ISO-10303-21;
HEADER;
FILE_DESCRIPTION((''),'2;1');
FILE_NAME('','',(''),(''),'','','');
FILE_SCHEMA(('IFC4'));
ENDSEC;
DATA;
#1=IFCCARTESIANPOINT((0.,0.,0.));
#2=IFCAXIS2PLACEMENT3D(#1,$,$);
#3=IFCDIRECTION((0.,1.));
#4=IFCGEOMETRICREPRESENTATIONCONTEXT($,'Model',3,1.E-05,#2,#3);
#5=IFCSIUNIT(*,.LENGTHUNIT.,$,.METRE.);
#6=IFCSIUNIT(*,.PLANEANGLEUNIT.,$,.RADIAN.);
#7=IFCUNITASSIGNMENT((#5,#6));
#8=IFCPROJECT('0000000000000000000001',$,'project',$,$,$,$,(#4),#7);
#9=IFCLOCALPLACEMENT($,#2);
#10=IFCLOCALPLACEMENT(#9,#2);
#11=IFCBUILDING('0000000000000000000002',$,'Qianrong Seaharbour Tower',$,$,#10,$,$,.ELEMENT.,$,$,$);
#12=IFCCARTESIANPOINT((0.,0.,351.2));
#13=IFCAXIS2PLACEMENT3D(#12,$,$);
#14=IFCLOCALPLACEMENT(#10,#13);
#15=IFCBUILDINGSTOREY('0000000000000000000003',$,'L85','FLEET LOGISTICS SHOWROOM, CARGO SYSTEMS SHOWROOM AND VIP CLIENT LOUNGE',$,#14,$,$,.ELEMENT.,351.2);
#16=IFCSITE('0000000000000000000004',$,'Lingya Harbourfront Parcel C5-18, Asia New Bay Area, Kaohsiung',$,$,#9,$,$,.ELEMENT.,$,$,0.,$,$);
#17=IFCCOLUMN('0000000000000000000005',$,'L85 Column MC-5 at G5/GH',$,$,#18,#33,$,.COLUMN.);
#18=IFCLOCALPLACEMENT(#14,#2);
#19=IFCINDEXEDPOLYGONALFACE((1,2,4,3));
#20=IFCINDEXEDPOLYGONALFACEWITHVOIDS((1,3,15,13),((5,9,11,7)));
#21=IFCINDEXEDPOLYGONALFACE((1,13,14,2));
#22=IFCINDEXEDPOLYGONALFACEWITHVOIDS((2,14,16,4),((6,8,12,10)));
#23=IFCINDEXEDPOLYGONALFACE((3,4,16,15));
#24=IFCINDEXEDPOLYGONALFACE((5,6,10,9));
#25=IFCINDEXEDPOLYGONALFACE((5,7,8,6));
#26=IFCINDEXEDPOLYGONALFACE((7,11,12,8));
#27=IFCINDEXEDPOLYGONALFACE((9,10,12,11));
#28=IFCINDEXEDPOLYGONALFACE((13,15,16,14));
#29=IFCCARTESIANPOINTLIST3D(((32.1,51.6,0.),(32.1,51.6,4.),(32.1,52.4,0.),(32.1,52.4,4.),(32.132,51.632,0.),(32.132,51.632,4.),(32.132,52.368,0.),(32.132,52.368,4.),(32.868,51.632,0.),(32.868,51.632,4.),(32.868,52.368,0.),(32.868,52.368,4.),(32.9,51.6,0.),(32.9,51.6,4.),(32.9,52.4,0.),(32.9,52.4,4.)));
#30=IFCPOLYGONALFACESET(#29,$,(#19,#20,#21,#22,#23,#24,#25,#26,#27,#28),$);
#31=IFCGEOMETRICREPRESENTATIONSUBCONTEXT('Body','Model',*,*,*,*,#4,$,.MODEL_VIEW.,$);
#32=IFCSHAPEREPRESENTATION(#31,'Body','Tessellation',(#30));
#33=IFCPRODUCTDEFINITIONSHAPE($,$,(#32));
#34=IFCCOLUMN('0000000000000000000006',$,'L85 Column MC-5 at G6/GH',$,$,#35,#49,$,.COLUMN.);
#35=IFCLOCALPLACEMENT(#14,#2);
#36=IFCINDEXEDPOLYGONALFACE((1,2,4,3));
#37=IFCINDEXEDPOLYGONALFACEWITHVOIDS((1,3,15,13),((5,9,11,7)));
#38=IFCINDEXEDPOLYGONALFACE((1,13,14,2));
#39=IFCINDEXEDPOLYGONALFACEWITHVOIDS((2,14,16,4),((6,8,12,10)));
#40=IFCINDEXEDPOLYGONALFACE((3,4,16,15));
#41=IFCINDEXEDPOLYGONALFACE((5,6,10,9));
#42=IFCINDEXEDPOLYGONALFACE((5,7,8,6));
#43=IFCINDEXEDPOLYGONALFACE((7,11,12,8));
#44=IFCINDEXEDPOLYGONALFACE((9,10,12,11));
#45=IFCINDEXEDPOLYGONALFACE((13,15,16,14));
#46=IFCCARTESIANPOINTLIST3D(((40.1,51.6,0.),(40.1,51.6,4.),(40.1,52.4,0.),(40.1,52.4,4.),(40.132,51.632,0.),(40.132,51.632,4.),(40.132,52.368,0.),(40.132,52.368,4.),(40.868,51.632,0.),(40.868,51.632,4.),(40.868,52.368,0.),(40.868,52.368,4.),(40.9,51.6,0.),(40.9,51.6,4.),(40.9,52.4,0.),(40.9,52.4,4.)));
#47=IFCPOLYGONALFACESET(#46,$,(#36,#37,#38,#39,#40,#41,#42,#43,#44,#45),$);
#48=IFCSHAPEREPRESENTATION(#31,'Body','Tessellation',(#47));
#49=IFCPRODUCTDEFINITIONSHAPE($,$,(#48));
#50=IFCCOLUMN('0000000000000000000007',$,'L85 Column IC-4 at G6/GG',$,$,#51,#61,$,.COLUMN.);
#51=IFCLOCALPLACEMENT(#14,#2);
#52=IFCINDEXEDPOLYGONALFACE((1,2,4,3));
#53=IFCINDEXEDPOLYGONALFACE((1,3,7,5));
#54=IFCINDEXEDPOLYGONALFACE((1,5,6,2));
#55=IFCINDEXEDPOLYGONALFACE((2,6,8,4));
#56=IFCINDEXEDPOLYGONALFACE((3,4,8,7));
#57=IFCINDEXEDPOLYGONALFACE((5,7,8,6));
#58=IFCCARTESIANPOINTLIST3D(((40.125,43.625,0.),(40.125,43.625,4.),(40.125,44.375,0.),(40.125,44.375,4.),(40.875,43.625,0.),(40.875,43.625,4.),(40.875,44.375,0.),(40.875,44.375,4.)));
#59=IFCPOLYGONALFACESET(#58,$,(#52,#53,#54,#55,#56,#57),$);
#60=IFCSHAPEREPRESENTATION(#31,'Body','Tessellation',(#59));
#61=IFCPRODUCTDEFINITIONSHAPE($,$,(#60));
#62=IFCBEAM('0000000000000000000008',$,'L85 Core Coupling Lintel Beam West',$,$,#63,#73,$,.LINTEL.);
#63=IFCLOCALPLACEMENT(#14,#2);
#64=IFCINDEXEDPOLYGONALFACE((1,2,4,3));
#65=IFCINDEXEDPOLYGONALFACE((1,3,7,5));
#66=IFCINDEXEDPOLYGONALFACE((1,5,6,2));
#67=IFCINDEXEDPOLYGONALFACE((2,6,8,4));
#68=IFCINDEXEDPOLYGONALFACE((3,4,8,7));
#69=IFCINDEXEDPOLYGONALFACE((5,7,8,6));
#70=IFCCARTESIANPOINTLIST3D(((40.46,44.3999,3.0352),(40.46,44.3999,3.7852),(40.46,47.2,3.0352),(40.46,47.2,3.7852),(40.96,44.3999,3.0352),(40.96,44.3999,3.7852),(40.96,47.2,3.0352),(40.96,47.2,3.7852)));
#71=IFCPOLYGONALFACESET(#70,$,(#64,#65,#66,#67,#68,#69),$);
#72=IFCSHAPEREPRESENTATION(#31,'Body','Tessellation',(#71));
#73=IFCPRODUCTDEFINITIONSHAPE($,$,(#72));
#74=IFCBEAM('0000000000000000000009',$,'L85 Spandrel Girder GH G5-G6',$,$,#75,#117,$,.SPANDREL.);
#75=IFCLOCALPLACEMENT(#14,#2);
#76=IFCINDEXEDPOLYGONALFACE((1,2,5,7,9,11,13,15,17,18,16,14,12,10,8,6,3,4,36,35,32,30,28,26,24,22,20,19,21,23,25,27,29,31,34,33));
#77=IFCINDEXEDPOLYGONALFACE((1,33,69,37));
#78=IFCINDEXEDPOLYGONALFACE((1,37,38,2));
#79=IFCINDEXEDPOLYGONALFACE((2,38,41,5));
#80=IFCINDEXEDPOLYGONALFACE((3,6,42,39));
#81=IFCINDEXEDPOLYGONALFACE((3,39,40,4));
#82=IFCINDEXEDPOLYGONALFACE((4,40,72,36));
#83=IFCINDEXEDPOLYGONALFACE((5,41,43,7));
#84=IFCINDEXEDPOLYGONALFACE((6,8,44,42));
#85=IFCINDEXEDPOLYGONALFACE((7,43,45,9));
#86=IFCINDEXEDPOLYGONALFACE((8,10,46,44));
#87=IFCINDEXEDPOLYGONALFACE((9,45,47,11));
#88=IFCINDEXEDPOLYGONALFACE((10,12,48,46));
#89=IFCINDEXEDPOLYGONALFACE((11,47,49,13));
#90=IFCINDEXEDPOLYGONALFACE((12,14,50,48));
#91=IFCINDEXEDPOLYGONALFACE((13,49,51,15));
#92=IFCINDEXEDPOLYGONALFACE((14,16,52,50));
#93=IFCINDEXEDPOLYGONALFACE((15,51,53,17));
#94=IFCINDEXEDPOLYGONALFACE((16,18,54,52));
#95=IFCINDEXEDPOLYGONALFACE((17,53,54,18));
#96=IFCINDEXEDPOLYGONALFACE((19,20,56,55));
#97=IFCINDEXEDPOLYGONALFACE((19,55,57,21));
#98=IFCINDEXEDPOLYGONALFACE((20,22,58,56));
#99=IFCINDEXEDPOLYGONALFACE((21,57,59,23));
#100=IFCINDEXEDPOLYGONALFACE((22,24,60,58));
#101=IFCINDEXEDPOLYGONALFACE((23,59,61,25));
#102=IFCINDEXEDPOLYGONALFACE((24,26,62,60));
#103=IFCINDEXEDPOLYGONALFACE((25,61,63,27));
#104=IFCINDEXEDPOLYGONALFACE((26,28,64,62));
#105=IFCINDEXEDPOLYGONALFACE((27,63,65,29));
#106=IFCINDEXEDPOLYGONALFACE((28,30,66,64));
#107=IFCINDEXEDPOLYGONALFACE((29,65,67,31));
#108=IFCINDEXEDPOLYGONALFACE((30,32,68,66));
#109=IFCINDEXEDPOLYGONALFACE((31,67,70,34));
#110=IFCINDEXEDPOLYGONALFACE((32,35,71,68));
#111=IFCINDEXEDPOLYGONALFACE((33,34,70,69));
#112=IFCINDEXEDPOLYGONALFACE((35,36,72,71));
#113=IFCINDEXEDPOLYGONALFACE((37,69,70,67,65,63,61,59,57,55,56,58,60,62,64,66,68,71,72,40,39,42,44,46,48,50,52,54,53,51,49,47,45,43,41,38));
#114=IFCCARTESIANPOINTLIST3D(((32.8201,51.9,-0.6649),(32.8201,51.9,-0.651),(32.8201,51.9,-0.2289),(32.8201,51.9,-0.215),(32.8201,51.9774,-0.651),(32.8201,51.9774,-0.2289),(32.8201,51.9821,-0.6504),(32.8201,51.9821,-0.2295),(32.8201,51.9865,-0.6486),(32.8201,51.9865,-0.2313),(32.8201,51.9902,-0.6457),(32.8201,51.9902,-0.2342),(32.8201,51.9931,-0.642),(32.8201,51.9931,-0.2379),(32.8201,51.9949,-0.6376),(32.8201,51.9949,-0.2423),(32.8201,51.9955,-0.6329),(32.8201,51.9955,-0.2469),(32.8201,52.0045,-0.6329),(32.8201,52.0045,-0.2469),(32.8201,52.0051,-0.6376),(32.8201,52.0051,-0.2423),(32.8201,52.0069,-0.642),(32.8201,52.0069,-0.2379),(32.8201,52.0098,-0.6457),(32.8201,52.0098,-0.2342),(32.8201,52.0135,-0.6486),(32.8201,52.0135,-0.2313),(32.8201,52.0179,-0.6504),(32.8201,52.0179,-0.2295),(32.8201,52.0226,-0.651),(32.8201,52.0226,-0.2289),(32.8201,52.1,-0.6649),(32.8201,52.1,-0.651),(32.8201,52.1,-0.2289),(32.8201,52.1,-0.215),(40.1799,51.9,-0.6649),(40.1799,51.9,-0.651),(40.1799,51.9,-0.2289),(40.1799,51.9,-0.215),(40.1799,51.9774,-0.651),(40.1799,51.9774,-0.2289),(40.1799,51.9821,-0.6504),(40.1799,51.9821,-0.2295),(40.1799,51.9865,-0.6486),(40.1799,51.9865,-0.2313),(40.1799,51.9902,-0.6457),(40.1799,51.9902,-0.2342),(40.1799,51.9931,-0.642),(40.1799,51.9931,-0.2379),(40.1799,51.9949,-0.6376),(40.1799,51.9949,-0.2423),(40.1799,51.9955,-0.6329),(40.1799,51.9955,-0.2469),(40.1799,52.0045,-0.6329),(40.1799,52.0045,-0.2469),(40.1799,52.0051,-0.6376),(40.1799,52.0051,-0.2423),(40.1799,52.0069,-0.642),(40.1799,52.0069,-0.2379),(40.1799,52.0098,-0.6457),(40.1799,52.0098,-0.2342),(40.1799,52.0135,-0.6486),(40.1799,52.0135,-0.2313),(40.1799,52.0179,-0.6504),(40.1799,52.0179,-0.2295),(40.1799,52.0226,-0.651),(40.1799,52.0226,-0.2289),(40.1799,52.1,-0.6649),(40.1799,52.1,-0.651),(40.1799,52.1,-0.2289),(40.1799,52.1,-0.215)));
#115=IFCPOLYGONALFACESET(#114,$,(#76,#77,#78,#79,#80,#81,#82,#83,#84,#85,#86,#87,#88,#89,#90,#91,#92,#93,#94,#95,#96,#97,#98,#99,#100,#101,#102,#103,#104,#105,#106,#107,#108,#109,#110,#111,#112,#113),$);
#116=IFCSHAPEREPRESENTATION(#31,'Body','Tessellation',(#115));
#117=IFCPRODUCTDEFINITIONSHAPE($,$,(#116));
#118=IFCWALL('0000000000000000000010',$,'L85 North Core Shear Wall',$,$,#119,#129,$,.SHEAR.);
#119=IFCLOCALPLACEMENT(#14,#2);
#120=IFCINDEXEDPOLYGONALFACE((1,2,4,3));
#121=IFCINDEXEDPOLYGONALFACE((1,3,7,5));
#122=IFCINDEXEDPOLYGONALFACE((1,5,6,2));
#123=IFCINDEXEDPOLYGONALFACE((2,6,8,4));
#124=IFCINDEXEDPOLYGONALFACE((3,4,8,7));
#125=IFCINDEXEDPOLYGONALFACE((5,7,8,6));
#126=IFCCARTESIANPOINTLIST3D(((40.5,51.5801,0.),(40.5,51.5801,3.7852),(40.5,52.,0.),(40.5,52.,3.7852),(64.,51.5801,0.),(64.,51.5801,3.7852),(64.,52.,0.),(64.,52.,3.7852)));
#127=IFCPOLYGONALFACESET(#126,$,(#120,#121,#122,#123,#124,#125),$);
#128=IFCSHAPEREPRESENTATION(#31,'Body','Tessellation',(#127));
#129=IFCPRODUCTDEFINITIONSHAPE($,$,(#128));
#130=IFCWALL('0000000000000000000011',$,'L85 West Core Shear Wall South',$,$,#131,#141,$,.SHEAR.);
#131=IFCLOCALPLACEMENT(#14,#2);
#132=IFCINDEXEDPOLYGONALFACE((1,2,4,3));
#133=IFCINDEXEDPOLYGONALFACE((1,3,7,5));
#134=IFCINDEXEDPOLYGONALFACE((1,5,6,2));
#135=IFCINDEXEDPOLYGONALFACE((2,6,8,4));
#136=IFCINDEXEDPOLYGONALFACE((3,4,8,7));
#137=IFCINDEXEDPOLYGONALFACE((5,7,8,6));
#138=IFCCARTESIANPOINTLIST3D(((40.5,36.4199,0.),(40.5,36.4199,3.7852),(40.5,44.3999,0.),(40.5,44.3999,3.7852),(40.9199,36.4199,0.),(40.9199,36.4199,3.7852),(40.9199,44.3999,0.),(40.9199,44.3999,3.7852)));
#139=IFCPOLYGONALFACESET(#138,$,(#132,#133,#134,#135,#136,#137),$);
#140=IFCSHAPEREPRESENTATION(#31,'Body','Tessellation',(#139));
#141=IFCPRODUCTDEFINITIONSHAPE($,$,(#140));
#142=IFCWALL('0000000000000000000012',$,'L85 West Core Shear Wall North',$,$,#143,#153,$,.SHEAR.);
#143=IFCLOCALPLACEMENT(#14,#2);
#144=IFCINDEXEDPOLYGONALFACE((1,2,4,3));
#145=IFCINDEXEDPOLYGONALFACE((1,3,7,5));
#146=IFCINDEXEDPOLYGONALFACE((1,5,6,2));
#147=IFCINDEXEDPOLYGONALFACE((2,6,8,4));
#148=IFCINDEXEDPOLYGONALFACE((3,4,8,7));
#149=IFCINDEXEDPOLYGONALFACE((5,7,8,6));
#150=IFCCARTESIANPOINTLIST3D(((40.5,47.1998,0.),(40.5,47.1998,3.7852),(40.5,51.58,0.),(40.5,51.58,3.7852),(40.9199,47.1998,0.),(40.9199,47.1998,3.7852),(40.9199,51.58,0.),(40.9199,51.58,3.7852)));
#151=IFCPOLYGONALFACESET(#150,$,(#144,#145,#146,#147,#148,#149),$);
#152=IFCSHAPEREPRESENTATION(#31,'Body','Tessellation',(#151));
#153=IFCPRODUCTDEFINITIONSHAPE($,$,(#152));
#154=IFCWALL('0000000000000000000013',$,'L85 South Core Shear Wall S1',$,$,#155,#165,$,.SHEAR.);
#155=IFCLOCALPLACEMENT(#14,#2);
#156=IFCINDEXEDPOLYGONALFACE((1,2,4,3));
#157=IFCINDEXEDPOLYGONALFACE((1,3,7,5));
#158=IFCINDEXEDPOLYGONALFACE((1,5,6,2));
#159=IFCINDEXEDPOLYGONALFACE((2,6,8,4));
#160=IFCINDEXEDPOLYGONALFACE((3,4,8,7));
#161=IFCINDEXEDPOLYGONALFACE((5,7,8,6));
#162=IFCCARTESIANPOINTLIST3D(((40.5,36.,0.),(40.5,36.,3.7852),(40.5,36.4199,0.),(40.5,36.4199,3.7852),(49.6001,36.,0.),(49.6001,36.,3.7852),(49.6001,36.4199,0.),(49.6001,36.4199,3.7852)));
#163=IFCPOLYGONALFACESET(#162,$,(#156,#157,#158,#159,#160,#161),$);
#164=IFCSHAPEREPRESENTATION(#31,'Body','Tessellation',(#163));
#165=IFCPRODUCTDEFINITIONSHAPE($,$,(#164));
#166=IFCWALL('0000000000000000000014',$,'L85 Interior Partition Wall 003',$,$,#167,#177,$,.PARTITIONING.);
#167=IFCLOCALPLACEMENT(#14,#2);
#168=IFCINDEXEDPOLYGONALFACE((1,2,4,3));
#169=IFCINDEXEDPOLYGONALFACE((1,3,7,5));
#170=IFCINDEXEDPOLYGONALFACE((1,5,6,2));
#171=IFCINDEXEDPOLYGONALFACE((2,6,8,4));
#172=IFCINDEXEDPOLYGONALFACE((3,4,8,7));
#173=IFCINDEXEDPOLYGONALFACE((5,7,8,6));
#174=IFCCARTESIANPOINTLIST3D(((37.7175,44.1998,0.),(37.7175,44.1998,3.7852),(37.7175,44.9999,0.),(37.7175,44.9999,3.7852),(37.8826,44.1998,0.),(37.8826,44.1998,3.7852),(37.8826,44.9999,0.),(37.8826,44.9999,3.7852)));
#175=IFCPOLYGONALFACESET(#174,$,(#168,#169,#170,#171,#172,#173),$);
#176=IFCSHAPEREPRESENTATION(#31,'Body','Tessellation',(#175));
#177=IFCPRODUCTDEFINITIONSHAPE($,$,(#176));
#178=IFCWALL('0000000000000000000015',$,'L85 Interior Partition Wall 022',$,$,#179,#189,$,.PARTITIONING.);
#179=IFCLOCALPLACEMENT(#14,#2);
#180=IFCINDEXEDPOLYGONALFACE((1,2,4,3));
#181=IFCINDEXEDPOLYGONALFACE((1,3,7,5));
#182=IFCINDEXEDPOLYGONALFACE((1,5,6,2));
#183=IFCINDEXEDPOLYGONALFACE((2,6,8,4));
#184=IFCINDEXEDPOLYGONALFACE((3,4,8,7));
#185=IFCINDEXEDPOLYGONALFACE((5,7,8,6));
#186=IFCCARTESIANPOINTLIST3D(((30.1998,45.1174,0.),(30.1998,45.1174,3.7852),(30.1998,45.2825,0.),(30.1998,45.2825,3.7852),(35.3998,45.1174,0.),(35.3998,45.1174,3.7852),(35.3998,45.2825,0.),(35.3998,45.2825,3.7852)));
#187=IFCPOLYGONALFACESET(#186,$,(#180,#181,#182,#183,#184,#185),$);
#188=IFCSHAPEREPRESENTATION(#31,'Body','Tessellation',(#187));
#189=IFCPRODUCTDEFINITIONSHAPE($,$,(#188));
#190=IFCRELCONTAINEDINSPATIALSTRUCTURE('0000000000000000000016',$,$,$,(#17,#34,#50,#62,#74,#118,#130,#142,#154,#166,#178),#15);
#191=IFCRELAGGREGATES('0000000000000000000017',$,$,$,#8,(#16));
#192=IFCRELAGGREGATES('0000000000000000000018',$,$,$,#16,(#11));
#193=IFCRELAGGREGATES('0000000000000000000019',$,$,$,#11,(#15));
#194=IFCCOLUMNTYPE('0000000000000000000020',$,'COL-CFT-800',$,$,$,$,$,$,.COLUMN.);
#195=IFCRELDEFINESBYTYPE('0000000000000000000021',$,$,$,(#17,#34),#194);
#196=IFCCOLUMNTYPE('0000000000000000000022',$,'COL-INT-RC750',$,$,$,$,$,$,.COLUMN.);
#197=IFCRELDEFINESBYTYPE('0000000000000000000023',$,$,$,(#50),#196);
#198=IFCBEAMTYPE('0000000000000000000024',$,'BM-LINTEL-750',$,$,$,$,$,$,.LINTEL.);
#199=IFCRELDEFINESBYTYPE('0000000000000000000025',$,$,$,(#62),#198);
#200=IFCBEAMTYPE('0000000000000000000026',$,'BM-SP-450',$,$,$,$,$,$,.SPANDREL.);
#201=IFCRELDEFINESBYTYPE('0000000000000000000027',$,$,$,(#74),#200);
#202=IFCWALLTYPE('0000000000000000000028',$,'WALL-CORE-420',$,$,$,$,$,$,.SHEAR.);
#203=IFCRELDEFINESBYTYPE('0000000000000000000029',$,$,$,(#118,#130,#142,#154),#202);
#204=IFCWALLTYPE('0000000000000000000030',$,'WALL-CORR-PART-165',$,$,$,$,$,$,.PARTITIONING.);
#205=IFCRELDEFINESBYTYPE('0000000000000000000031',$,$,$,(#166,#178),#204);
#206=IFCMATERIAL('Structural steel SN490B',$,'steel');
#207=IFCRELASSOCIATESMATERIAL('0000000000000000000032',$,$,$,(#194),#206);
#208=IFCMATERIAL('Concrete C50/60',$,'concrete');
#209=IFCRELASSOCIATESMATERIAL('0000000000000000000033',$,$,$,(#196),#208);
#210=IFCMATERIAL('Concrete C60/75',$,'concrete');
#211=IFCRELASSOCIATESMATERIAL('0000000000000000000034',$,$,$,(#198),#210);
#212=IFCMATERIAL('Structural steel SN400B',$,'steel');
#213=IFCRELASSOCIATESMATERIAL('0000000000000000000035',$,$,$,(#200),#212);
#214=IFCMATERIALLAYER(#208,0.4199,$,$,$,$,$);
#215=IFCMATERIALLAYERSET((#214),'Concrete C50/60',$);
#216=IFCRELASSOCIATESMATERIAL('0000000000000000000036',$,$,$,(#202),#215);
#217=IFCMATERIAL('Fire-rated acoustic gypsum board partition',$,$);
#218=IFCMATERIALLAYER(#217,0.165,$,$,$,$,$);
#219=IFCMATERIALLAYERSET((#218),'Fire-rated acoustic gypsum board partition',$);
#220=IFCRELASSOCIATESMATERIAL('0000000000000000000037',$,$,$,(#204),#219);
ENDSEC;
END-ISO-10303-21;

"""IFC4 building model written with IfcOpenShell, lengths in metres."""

from ifc_helpers import new_model, si_unit, direction, frame, frame_2d, origin, origin_2d, place, context, subcontext, project, spatial, rectangle, hollow_rectangle, i_section, extrude, material, layer, layer_set, material_profile, profile_set, type_object, element, save


model = new_model("IFC4")

# Units and contexts
model_context = context("Model", 3, precision=1e-05, world=origin(), true_north=direction((0.0, 1.0)))
body_context = subcontext(model_context, "Body", "Model", "MODEL_VIEW")
ifc_project = project(units=[si_unit("LENGTHUNIT", "METRE"), si_unit("PLANEANGLEUNIT", "RADIAN")], contexts=[model_context])

# Site, building, storey
site_placement = place(None, origin())
site = spatial("IfcSite", under=ifc_project, at=site_placement, Name="Lingya Harbourfront Parcel C5-18, Asia New Bay Area, Kaohsiung", CompositionType="ELEMENT", RefElevation=0.0)
building_placement = place(site_placement, origin())
building = spatial("IfcBuilding", under=site, at=building_placement, Name="Qianrong Seaharbour Tower", CompositionType="ELEMENT")
storey_placement = place(building_placement, frame((0.0, 0.0, 351.2)))
storey = spatial("IfcBuildingStorey", under=building, at=storey_placement, Name="L85", Description="FLEET LOGISTICS SHOWROOM, CARGO SYSTEMS SHOWROOM AND VIP CLIENT LOUNGE", CompositionType="ELEMENT", Elevation=351.2)

# Columns
ifc_material_1 = material(Name="Structural steel SN490B", Category="steel")
ifc_material_profile_1 = material_profile(ifc_material_1, hollow_rectangle(XDim=0.8, YDim=0.8, WallThickness=0.032, at=origin_2d()), Name="BOX800x800x32")
ifc_profile_set_1 = profile_set([ifc_material_profile_1], Name="Structural steel SN490B")
column_type_1 = type_object("IfcColumnType", Name="COL-CFT-800", PredefinedType="COLUMN", material=ifc_profile_set_1)
for number, where, z_axis, x_axis, name in (
    (1, (32.5, 52.0, 0.0), (0.0, 0.0, 1.0), (1.0, 0.0, 0.0), "L85 Column MC-5 at G5/GH"),
    (2, (40.5, 52.0, 0.0), (0.0, 0.0, 1.0), (1.0, 0.0, 0.0), "L85 Column MC-5 at G6/GH"),
):
    element("IfcColumn", number, at=place(storey_placement, frame(where, z_axis=z_axis, x_axis=x_axis)), inside=storey, type_object=column_type_1, Name=name, PredefinedType="COLUMN", context=body_context, shape_type="SweptSolid", body=[
        extrude(hollow_rectangle(XDim=0.8, YDim=0.8, WallThickness=0.032, at=origin_2d()), origin(), (0.0, 0.0, 1.0), 4.0),
    ])
ifc_material_2 = material(Name="Concrete C50/60", Category="concrete")
ifc_material_profile_2 = material_profile(ifc_material_2, rectangle(XDim=0.75, YDim=0.75, at=origin_2d()), Name="RC750x750")
ifc_profile_set_2 = profile_set([ifc_material_profile_2], Name="Concrete C50/60")
column_type_2 = type_object("IfcColumnType", Name="COL-INT-RC750", PredefinedType="COLUMN", material=ifc_profile_set_2)
column_placement = place(storey_placement, frame((40.5, 44.0, 0.0), z_axis=(0.0, 0.0, 1.0), x_axis=(1.0, 0.0, 0.0)))
element("IfcColumn", 3, at=column_placement, inside=storey, type_object=column_type_2, Name="L85 Column IC-4 at G6/GG", PredefinedType="COLUMN", context=body_context, shape_type="SweptSolid", body=[
    extrude(rectangle(XDim=0.75, YDim=0.75, at=origin_2d()), origin(), (0.0, 0.0, 1.0), 4.0),
])

# Beams
ifc_material_3 = material(Name="Concrete C60/75", Category="concrete")
ifc_material_profile_3 = material_profile(ifc_material_3, rectangle(XDim=0.5, YDim=0.75, at=origin_2d()), Name="RC500x750")
ifc_profile_set_3 = profile_set([ifc_material_profile_3], Name="Concrete C60/75")
beam_type_1 = type_object("IfcBeamType", Name="BM-LINTEL-750", PredefinedType="LINTEL", material=ifc_profile_set_3)
beam_1_placement = place(storey_placement, frame((40.71, 44.3999, 3.4102), z_axis=(0.0, 1.0, 0.0), x_axis=(-1.0, 0.0, 0.0)))
element("IfcBeam", 4, at=beam_1_placement, inside=storey, type_object=beam_type_1, Name="L85 Core Coupling Lintel Beam West", PredefinedType="LINTEL", context=body_context, shape_type="SweptSolid", body=[
    extrude(rectangle(XDim=0.5, YDim=0.75, at=origin_2d()), origin(), (0.0, 0.0, 1.0), 2.8),
])
ifc_material_4 = material(Name="Structural steel SN400B", Category="steel")
ifc_material_profile_4 = material_profile(ifc_material_4, i_section(OverallWidth=0.2, OverallDepth=0.45, WebThickness=0.009, FlangeThickness=0.0139, FilletRadius=0.0181, at=origin_2d()), Name="H450x200x9x14")
ifc_profile_set_4 = profile_set([ifc_material_profile_4], Name="Structural steel SN400B")
beam_type_2 = type_object("IfcBeamType", Name="BM-SP-450", PredefinedType="SPANDREL", material=ifc_profile_set_4)
beam_2_placement = place(storey_placement, frame((32.8201, 52.0, -0.4399), z_axis=(1.0, 0.0, 0.0), x_axis=(0.0, 1.0, 0.0)))
element("IfcBeam", 5, at=beam_2_placement, inside=storey, type_object=beam_type_2, Name="L85 Spandrel Girder GH G5-G6", PredefinedType="SPANDREL", context=body_context, shape_type="SweptSolid", body=[
    extrude(i_section(OverallWidth=0.2, OverallDepth=0.45, WebThickness=0.009, FlangeThickness=0.0139, FilletRadius=0.0181, at=origin_2d()), origin(), (0.0, 0.0, 1.0), 7.3599),
])

# Walls
ifc_layer_1 = layer(ifc_material_2, 0.4199)
ifc_layer_set_1 = layer_set([ifc_layer_1], Name="Concrete C50/60")
wall_type_1 = type_object("IfcWallType", Name="WALL-CORE-420", PredefinedType="SHEAR", material=ifc_layer_set_1)
wall_1_placement = place(storey_placement, frame((40.5, 51.79, 0.0), z_axis=(0.0, 0.0, 1.0), x_axis=(1.0, 0.0, 0.0)))
element("IfcWall", 6, at=wall_1_placement, inside=storey, type_object=wall_type_1, Name="L85 North Core Shear Wall", PredefinedType="SHEAR", context=body_context, shape_type="SweptSolid", body=[
    extrude(rectangle(XDim=23.5, YDim=0.4199, at=frame_2d((11.75, 0.0))), origin(), (0.0, 0.0, 1.0), 3.7852),
])
wall_2_placement = place(storey_placement, frame((40.71, 36.4199, 0.0), z_axis=(0.0, 0.0, 1.0), x_axis=(0.0, 1.0, 0.0)))
element("IfcWall", 7, at=wall_2_placement, inside=storey, type_object=wall_type_1, Name="L85 West Core Shear Wall South", PredefinedType="SHEAR", context=body_context, shape_type="SweptSolid", body=[
    extrude(rectangle(XDim=7.98, YDim=0.4199, at=frame_2d((3.99, 0.0))), origin(), (0.0, 0.0, 1.0), 3.7852),
])
wall_3_placement = place(storey_placement, frame((40.71, 47.2, 0.0), z_axis=(0.0, 0.0, 1.0), x_axis=(0.0, 1.0, 0.0)))
element("IfcWall", 8, at=wall_3_placement, inside=storey, type_object=wall_type_1, Name="L85 West Core Shear Wall North", PredefinedType="SHEAR", context=body_context, shape_type="SweptSolid", body=[
    extrude(rectangle(XDim=4.3801, YDim=0.4199, at=frame_2d((2.1899, 0.0))), origin(), (0.0, 0.0, 1.0), 3.7852),
])
wall_4_placement = place(storey_placement, frame((40.5, 36.21, 0.0), z_axis=(0.0, 0.0, 1.0), x_axis=(1.0, 0.0, 0.0)))
element("IfcWall", 9, at=wall_4_placement, inside=storey, type_object=wall_type_1, Name="L85 South Core Shear Wall S1", PredefinedType="SHEAR", context=body_context, shape_type="SweptSolid", body=[
    extrude(rectangle(XDim=9.1001, YDim=0.4199, at=frame_2d((4.55, 0.0))), origin(), (0.0, 0.0, 1.0), 3.7852),
])

# Shared definitions
ifc_material_5 = material(Name="Fire-rated acoustic gypsum board partition")
ifc_layer_2 = layer(ifc_material_5, 0.165)
ifc_layer_set_2 = layer_set([ifc_layer_2], Name="Fire-rated acoustic gypsum board partition")
wall_type_2 = type_object("IfcWallType", Name="WALL-CORR-PART-165", PredefinedType="PARTITIONING", material=ifc_layer_set_2)

# Walls
wall_5_placement = place(storey_placement, frame((37.8, 44.2, 0.0), z_axis=(0.0, 0.0, 1.0), x_axis=(0.0, 1.0, 0.0)))
element("IfcWall", 10, at=wall_5_placement, inside=storey, type_object=wall_type_2, Name="L85 Interior Partition Wall 003", PredefinedType="PARTITIONING", context=body_context, shape_type="SweptSolid", body=[
    extrude(rectangle(XDim=0.8, YDim=0.165, at=frame_2d((0.3999, 0.0))), origin(), (0.0, 0.0, 1.0), 3.7852),
])
wall_6_placement = place(storey_placement, frame((35.3999, 45.2, 0.0), z_axis=(0.0, 0.0, 1.0), x_axis=(-1.0, 0.0, 0.0)))
element("IfcWall", 11, at=wall_6_placement, inside=storey, type_object=wall_type_2, Name="L85 Interior Partition Wall 022", PredefinedType="PARTITIONING", context=body_context, shape_type="SweptSolid", body=[
    extrude(rectangle(XDim=5.2, YDim=0.165, at=frame_2d((2.6001, 0.0))), origin(), (0.0, 0.0, 1.0), 3.7852),
])

save(model, "model.ifc")
